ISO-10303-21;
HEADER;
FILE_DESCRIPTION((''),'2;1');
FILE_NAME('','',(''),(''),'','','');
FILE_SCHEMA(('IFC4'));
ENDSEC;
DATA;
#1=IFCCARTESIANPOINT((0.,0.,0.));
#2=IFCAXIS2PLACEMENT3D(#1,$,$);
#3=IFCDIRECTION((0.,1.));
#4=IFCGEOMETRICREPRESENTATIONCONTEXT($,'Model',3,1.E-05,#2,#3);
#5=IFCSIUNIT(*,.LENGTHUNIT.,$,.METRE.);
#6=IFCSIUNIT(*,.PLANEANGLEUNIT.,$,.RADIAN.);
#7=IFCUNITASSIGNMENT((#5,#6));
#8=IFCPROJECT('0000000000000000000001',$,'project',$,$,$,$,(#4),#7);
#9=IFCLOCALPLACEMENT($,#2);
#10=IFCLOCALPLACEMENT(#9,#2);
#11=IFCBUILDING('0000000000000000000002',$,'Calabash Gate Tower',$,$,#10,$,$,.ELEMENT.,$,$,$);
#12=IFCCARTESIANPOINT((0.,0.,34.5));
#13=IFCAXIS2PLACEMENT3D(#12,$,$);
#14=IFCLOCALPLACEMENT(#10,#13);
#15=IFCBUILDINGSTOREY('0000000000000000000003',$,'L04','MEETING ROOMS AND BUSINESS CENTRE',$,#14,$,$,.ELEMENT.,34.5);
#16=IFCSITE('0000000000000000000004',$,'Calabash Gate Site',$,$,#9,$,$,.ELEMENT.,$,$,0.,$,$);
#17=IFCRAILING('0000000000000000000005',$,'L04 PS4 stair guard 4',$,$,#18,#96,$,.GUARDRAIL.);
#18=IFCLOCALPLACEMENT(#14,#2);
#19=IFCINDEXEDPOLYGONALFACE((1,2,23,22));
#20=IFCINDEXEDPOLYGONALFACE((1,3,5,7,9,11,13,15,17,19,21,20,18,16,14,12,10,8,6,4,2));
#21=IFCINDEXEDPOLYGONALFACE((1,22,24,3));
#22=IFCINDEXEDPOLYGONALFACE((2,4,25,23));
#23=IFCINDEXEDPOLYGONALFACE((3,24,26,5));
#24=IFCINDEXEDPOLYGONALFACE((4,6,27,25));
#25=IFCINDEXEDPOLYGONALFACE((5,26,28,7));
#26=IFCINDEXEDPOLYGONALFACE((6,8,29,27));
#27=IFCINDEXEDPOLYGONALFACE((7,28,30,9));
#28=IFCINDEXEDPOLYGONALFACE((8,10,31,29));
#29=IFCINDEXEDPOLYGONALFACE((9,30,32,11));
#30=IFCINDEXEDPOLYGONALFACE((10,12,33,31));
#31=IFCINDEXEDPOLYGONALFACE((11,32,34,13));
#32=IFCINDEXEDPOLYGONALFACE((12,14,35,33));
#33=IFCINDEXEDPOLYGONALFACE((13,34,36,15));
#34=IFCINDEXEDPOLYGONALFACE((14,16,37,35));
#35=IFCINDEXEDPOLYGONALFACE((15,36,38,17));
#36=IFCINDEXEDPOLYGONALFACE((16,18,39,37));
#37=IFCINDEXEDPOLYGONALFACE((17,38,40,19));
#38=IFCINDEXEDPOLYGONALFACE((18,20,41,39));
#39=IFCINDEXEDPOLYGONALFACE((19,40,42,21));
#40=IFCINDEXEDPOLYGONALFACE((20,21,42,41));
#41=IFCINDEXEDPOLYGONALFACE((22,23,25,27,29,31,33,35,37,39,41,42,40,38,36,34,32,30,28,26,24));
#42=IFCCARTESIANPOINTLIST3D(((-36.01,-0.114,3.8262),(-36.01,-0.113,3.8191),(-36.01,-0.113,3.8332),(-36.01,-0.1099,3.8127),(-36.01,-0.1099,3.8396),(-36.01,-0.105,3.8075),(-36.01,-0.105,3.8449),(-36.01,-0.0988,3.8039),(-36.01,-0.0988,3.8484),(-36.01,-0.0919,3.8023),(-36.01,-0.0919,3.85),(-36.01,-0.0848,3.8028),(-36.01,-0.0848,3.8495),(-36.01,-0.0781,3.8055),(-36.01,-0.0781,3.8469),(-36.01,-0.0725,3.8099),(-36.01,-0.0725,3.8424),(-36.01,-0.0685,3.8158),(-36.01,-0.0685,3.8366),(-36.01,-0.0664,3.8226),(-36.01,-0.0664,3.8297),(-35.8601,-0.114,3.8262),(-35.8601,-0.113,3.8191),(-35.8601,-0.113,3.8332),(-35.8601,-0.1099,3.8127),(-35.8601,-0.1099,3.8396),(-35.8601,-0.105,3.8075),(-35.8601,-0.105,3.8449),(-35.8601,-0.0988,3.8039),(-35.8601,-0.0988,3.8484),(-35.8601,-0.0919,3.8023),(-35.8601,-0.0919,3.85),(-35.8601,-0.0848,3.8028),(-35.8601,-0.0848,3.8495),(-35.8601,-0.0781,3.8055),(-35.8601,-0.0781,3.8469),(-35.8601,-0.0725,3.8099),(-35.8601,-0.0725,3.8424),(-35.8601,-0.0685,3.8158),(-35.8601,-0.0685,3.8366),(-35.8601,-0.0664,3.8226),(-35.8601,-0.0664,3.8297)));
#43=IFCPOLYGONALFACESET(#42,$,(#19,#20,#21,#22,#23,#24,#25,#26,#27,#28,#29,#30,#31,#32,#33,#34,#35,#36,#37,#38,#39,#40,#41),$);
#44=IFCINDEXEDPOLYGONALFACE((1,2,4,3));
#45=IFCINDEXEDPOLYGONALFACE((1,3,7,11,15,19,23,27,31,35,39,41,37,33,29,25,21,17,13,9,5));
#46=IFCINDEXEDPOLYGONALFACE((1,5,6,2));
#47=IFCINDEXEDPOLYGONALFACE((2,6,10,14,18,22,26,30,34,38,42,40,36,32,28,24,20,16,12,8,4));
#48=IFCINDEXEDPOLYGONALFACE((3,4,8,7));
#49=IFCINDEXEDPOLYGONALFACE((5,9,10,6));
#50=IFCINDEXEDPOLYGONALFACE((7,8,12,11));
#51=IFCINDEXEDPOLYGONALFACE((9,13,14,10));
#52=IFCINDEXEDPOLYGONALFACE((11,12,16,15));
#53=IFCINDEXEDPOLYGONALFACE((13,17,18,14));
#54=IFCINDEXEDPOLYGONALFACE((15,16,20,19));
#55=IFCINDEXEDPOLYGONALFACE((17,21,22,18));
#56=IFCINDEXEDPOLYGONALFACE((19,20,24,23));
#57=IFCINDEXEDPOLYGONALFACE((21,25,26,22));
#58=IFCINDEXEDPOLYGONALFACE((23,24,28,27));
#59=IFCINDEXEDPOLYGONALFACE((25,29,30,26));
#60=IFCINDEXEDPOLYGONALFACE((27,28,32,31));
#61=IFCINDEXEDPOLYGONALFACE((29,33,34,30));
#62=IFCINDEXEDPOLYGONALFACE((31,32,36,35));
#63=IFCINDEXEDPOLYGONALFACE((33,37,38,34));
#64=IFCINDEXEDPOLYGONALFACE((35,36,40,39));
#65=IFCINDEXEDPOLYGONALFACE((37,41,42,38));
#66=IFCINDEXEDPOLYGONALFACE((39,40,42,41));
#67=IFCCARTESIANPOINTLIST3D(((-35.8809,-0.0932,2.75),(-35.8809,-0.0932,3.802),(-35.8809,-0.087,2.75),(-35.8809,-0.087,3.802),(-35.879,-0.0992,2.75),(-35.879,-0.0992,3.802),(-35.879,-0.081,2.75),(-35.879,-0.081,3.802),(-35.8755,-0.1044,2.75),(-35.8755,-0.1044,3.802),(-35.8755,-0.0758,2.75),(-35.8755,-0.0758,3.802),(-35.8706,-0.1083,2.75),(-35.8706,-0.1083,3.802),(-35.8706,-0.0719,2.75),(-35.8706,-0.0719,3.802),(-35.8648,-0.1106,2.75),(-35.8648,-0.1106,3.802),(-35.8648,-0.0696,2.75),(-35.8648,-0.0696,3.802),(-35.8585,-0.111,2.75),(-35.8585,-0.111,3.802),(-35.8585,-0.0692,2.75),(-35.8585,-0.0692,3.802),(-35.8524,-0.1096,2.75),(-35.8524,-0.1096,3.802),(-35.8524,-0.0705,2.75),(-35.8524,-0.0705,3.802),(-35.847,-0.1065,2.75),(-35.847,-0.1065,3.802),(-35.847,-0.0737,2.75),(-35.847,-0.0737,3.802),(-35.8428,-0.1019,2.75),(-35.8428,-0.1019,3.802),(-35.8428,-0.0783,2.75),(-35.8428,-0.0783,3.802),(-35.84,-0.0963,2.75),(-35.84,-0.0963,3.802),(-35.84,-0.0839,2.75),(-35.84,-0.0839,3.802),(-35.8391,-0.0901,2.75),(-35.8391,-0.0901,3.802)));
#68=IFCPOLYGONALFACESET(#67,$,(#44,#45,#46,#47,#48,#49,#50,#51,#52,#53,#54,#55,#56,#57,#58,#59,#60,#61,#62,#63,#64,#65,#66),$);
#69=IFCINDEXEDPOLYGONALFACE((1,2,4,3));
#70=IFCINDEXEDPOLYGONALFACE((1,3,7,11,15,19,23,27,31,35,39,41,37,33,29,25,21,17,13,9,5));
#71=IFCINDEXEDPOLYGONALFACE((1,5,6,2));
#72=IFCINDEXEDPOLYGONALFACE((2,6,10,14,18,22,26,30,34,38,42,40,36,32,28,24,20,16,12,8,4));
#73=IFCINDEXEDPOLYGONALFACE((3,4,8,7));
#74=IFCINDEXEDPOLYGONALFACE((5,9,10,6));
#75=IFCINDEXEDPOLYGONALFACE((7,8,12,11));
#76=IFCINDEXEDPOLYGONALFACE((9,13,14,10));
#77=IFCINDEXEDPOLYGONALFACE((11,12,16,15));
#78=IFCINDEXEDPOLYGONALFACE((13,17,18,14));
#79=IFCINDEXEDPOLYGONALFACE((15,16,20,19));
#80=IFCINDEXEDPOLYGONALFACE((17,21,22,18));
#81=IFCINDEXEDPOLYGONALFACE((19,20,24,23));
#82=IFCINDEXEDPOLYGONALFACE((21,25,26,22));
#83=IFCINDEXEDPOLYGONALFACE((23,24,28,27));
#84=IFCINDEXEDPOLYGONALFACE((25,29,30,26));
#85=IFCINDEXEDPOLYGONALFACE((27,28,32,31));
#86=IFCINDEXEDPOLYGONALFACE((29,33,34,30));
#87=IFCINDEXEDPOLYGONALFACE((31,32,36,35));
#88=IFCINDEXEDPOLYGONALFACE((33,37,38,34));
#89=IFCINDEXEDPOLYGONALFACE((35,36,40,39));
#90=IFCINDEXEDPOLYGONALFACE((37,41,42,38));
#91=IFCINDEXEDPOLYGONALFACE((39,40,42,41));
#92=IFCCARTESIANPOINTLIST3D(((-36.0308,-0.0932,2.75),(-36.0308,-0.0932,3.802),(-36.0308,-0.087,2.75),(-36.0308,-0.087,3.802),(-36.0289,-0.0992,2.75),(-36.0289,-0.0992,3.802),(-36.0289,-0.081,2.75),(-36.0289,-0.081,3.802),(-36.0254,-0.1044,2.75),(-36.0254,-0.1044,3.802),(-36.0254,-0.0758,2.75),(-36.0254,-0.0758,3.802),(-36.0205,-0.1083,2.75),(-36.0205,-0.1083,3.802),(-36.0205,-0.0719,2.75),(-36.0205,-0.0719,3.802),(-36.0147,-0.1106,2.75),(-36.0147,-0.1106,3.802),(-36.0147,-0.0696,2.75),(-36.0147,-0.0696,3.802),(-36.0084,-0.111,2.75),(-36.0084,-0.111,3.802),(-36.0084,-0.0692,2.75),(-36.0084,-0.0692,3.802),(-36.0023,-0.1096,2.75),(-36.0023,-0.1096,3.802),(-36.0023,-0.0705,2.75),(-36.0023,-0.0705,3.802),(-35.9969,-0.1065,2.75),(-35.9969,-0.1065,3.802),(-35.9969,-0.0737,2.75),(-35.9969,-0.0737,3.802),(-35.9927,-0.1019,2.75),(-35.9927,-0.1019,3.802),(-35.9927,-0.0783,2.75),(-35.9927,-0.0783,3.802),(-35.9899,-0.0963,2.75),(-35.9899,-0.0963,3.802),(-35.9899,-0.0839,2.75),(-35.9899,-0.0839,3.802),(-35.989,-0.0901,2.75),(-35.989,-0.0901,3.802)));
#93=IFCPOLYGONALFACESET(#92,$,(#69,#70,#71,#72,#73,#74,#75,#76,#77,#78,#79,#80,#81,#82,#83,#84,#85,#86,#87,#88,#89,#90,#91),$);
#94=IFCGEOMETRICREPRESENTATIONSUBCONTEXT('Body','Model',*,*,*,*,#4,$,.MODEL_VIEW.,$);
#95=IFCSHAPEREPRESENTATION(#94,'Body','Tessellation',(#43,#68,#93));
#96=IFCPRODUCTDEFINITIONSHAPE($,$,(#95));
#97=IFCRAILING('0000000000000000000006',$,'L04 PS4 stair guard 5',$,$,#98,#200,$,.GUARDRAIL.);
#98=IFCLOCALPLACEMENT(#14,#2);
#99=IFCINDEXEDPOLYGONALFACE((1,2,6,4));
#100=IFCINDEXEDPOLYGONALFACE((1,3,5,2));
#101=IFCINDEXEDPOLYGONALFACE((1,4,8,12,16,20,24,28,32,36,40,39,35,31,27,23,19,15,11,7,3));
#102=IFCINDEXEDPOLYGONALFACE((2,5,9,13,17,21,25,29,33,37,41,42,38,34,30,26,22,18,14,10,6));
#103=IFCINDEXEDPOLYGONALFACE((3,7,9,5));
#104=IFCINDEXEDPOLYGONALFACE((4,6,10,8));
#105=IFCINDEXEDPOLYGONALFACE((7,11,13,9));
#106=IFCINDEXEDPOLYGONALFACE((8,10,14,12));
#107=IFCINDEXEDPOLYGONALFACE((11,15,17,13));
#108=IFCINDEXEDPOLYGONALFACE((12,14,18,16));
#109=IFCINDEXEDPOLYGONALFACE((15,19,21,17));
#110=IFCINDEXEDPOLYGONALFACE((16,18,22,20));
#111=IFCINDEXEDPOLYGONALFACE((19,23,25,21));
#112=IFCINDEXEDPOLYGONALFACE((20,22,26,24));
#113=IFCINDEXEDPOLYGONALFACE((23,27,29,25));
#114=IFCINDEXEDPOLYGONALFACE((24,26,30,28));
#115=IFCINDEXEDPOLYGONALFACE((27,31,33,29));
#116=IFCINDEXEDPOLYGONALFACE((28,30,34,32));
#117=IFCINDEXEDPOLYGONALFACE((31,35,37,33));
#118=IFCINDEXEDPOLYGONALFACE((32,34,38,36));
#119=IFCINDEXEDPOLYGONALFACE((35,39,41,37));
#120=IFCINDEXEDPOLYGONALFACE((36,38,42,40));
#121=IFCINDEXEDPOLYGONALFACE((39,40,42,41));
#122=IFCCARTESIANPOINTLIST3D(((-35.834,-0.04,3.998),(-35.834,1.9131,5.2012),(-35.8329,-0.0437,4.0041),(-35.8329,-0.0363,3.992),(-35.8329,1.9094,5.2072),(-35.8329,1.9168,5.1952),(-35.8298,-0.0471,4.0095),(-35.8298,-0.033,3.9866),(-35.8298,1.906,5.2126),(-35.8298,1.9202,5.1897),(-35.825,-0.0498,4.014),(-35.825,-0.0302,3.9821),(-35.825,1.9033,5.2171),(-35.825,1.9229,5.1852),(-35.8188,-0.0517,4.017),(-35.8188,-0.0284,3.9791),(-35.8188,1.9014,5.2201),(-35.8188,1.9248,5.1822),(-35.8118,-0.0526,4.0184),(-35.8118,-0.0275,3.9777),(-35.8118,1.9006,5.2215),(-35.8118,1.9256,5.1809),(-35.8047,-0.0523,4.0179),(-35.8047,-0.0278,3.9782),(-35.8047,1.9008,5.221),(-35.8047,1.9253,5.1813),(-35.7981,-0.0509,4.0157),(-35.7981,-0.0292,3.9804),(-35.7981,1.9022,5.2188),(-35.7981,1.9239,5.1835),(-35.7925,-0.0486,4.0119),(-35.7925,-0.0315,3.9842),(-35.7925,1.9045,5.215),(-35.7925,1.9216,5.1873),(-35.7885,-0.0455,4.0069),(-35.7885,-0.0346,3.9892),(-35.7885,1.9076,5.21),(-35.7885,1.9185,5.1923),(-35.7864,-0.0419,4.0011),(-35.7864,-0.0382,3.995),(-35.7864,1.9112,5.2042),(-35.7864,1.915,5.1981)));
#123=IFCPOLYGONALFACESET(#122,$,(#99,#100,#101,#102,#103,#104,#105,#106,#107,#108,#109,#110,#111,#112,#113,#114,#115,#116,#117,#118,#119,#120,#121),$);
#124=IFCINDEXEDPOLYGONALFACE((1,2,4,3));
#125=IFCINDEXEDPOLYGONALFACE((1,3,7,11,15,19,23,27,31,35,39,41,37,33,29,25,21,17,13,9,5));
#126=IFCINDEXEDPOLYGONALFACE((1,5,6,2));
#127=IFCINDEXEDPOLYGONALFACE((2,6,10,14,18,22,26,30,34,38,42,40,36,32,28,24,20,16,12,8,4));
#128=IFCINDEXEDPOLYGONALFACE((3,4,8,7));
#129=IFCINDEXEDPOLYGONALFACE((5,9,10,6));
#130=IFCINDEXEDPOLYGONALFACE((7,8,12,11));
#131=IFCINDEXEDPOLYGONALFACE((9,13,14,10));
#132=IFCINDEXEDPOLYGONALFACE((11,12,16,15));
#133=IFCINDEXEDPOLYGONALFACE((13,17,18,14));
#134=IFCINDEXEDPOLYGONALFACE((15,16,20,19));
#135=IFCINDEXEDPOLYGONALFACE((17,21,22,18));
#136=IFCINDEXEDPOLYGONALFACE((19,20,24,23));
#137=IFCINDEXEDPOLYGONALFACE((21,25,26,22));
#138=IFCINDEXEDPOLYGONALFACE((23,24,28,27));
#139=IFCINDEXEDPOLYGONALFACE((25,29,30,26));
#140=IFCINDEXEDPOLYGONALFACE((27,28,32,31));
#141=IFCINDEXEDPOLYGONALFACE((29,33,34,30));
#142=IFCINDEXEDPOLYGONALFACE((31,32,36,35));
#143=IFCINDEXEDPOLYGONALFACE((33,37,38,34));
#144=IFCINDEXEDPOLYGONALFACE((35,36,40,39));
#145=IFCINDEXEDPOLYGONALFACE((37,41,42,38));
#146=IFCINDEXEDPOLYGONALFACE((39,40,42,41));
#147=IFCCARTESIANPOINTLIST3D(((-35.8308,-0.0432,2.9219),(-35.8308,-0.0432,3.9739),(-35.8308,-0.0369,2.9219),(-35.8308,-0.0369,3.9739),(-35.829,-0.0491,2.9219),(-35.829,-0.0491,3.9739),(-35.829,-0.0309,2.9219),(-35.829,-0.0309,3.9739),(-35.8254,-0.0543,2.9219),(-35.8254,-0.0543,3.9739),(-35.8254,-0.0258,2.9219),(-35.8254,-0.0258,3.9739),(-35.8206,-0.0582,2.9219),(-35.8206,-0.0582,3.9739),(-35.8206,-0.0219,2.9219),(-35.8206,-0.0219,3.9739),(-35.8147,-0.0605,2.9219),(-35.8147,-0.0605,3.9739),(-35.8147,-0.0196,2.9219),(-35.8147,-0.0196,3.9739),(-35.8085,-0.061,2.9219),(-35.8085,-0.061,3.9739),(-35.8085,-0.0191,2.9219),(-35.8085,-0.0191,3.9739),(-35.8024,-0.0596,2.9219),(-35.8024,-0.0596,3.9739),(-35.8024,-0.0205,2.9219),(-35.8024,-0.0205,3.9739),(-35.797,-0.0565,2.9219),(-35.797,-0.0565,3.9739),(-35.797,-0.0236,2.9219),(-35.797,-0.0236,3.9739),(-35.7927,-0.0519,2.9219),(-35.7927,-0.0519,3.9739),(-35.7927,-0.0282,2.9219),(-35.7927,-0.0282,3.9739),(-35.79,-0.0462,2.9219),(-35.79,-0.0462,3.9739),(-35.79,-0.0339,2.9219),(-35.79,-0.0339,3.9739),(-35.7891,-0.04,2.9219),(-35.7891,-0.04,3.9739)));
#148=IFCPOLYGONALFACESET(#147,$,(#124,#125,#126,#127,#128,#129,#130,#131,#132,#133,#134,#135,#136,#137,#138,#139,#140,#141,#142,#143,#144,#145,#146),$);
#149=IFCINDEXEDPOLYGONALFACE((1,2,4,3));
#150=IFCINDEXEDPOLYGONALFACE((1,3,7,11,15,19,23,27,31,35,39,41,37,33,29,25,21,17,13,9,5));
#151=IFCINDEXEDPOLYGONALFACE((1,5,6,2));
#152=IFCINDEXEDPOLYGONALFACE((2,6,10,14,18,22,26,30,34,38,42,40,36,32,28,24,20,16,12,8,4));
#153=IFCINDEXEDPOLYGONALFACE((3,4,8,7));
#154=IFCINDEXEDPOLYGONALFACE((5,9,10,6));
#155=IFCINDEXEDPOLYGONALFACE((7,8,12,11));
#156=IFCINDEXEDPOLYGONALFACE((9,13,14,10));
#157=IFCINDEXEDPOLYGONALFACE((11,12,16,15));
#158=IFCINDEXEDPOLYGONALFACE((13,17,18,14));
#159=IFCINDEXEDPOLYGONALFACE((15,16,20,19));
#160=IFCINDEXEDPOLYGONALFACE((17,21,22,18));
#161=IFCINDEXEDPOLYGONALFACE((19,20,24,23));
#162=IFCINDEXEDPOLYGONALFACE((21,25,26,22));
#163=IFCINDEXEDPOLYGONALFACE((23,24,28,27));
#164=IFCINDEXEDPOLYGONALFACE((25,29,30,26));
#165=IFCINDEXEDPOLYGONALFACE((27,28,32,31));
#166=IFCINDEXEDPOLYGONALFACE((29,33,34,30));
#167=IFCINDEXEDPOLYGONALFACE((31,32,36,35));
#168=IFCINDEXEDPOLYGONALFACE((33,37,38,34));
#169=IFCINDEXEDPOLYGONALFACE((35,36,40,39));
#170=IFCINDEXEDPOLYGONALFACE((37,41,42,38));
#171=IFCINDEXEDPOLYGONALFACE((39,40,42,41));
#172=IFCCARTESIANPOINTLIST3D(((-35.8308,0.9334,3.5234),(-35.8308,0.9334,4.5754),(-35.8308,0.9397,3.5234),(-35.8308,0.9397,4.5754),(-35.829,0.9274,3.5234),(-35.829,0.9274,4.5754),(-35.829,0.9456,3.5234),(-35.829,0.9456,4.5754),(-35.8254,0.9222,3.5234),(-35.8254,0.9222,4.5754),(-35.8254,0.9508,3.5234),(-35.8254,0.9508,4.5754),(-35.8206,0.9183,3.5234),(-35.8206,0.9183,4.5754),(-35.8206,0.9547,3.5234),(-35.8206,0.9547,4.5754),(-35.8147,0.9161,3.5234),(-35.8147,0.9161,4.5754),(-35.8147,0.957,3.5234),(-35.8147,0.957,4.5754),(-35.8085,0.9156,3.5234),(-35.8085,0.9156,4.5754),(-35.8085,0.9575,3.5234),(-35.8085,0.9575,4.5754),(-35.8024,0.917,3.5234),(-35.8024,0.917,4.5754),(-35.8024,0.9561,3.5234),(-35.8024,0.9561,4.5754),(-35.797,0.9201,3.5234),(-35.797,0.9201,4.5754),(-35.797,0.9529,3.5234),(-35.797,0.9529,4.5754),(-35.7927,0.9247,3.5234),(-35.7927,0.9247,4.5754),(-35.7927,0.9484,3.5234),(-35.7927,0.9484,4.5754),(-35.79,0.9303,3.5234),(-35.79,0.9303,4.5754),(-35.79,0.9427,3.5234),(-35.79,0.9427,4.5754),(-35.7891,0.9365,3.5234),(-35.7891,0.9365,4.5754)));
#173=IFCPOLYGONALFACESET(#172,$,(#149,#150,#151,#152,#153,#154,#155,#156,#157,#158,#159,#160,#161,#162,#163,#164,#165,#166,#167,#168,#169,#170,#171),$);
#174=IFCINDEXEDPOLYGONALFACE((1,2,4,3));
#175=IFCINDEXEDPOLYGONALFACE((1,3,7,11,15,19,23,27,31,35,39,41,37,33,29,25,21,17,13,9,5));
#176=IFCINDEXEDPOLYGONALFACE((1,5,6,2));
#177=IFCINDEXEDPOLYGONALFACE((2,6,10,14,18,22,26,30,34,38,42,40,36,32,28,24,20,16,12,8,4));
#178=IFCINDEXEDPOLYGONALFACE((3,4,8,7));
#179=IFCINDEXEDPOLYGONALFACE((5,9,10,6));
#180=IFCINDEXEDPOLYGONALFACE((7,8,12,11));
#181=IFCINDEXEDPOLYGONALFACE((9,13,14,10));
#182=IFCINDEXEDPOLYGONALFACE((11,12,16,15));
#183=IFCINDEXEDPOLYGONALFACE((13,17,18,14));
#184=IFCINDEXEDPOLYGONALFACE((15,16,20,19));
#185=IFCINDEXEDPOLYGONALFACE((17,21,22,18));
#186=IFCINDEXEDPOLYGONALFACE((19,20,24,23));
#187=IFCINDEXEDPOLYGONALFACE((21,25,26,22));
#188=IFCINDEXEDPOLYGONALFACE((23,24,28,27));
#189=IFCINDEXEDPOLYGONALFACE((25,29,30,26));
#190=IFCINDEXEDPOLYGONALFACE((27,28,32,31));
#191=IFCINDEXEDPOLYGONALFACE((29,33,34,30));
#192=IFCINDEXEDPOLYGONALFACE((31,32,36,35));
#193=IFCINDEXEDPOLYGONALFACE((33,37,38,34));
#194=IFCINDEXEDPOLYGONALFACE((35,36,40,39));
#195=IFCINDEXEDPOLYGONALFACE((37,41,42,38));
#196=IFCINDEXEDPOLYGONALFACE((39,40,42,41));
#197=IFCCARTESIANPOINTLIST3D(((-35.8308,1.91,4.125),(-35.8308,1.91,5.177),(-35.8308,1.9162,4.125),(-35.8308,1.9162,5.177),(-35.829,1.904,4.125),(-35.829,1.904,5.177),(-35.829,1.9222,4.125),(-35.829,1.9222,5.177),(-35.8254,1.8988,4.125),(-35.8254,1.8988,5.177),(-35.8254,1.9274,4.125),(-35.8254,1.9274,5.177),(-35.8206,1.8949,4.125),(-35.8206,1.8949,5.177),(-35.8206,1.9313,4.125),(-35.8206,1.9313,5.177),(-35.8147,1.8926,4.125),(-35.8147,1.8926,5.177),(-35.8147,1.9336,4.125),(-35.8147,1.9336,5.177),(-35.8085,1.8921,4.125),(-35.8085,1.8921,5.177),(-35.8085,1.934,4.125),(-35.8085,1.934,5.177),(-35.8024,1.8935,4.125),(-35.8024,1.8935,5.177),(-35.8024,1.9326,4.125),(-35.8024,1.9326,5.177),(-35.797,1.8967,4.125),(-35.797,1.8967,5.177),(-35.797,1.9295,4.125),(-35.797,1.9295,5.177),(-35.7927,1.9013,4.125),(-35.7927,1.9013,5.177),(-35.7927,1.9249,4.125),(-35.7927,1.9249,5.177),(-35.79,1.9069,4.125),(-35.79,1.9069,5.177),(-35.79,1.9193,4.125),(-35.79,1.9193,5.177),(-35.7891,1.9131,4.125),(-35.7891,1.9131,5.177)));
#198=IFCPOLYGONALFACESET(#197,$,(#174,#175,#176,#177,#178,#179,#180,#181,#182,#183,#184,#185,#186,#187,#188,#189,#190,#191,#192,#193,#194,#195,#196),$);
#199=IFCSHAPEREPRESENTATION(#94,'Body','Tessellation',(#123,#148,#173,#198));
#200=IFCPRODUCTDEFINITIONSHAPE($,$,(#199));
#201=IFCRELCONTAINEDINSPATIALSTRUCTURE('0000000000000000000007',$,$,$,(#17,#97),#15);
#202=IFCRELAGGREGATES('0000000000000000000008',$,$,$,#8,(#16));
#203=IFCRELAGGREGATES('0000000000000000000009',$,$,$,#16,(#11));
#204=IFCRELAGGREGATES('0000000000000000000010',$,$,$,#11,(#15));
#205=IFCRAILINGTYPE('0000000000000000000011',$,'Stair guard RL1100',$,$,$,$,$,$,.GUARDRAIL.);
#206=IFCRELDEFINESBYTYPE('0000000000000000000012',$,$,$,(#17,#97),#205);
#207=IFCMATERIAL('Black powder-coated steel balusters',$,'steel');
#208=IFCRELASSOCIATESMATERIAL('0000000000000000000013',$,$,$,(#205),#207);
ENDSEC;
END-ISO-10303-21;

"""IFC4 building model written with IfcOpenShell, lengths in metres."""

from ifc_helpers import new_model, si_unit, direction, frame, origin, origin_2d, place, context, subcontext, project, spatial, circle, extrude, material, type_object, element, save


model = new_model("IFC4")

# Units and contexts
model_context = context("Model", 3, precision=1e-05, world=origin(), true_north=direction((0.0, 1.0)))
body_context = subcontext(model_context, "Body", "Model", "MODEL_VIEW")
ifc_project = project(units=[si_unit("LENGTHUNIT", "METRE"), si_unit("PLANEANGLEUNIT", "RADIAN")], contexts=[model_context])

# Site, building, storey
site_placement = place(None, origin())
site = spatial("IfcSite", under=ifc_project, at=site_placement, Name="Calabash Gate Site", CompositionType="ELEMENT", RefElevation=0.0)
building_placement = place(site_placement, origin())
building = spatial("IfcBuilding", under=site, at=building_placement, Name="Calabash Gate Tower", CompositionType="ELEMENT")
storey_placement = place(building_placement, frame((0.0, 0.0, 34.5)))
storey = spatial("IfcBuildingStorey", under=building, at=storey_placement, Name="L04", Description="MEETING ROOMS AND BUSINESS CENTRE", CompositionType="ELEMENT", Elevation=34.5)

# Railings
ifc_material_1 = material(Name="Black powder-coated steel balusters", Category="steel")
railing_type_1 = type_object("IfcRailingType", Name="Stair guard RL1100", PredefinedType="GUARDRAIL", material=ifc_material_1)
for number, where, name in (
    (1, (-35.8601, -0.0901, 2.75), "L04 PS4 stair guard 4"),
):
    element("IfcRailing", number, at=place(storey_placement, frame(where)), inside=storey, type_object=railing_type_1, Name=name, PredefinedType="GUARDRAIL", context=body_context, shape_type="SweptSolid", body=[
        extrude(circle(Radius=0.0239, at=origin_2d()), frame((0.0, 0.0, 1.0762), z_axis=(-1.0, 0.0, 0.0), x_axis=(0.0, -1.0, 0.0)), (0.0, 0.0, 1.0), 0.1499),
        extrude(circle(Radius=0.021, at=origin_2d()), origin(), (0.0, 0.0, 1.0), 1.052),
        extrude(circle(Radius=0.021, at=origin_2d()), frame((-0.1499, 0.0, 0.0)), (0.0, 0.0, 1.0), 1.052),
    ])
railing_1_placement = place(storey_placement, frame((-35.8101, -0.04, 2.9219)))
element("IfcRailing", 2, at=railing_1_placement, inside=storey, type_object=railing_type_1, Name="L04 PS4 stair guard 5", PredefinedType="GUARDRAIL", context=body_context, shape_type="SweptSolid", body=[
    extrude(circle(Radius=0.0239, at=origin_2d()), frame((0.0, 0.0, 1.0762), z_axis=(0.0, 0.851424, 0.524477), x_axis=(-1.0, 0.0, 0.0)), (0.0, 0.0, 1.0), 2.2939),
    extrude(circle(Radius=0.021, at=origin_2d()), origin(), (0.0, 0.0, 1.0), 1.052),
    extrude(circle(Radius=0.021, at=origin_2d()), frame((0.0, 0.9766, 0.6016)), (0.0, 0.0, 1.0), 1.052),
    extrude(circle(Radius=0.021, at=origin_2d()), frame((0.0, 1.9531, 1.2031)), (0.0, 0.0, 1.0), 1.052),
])

save(model, "model.ifc")
